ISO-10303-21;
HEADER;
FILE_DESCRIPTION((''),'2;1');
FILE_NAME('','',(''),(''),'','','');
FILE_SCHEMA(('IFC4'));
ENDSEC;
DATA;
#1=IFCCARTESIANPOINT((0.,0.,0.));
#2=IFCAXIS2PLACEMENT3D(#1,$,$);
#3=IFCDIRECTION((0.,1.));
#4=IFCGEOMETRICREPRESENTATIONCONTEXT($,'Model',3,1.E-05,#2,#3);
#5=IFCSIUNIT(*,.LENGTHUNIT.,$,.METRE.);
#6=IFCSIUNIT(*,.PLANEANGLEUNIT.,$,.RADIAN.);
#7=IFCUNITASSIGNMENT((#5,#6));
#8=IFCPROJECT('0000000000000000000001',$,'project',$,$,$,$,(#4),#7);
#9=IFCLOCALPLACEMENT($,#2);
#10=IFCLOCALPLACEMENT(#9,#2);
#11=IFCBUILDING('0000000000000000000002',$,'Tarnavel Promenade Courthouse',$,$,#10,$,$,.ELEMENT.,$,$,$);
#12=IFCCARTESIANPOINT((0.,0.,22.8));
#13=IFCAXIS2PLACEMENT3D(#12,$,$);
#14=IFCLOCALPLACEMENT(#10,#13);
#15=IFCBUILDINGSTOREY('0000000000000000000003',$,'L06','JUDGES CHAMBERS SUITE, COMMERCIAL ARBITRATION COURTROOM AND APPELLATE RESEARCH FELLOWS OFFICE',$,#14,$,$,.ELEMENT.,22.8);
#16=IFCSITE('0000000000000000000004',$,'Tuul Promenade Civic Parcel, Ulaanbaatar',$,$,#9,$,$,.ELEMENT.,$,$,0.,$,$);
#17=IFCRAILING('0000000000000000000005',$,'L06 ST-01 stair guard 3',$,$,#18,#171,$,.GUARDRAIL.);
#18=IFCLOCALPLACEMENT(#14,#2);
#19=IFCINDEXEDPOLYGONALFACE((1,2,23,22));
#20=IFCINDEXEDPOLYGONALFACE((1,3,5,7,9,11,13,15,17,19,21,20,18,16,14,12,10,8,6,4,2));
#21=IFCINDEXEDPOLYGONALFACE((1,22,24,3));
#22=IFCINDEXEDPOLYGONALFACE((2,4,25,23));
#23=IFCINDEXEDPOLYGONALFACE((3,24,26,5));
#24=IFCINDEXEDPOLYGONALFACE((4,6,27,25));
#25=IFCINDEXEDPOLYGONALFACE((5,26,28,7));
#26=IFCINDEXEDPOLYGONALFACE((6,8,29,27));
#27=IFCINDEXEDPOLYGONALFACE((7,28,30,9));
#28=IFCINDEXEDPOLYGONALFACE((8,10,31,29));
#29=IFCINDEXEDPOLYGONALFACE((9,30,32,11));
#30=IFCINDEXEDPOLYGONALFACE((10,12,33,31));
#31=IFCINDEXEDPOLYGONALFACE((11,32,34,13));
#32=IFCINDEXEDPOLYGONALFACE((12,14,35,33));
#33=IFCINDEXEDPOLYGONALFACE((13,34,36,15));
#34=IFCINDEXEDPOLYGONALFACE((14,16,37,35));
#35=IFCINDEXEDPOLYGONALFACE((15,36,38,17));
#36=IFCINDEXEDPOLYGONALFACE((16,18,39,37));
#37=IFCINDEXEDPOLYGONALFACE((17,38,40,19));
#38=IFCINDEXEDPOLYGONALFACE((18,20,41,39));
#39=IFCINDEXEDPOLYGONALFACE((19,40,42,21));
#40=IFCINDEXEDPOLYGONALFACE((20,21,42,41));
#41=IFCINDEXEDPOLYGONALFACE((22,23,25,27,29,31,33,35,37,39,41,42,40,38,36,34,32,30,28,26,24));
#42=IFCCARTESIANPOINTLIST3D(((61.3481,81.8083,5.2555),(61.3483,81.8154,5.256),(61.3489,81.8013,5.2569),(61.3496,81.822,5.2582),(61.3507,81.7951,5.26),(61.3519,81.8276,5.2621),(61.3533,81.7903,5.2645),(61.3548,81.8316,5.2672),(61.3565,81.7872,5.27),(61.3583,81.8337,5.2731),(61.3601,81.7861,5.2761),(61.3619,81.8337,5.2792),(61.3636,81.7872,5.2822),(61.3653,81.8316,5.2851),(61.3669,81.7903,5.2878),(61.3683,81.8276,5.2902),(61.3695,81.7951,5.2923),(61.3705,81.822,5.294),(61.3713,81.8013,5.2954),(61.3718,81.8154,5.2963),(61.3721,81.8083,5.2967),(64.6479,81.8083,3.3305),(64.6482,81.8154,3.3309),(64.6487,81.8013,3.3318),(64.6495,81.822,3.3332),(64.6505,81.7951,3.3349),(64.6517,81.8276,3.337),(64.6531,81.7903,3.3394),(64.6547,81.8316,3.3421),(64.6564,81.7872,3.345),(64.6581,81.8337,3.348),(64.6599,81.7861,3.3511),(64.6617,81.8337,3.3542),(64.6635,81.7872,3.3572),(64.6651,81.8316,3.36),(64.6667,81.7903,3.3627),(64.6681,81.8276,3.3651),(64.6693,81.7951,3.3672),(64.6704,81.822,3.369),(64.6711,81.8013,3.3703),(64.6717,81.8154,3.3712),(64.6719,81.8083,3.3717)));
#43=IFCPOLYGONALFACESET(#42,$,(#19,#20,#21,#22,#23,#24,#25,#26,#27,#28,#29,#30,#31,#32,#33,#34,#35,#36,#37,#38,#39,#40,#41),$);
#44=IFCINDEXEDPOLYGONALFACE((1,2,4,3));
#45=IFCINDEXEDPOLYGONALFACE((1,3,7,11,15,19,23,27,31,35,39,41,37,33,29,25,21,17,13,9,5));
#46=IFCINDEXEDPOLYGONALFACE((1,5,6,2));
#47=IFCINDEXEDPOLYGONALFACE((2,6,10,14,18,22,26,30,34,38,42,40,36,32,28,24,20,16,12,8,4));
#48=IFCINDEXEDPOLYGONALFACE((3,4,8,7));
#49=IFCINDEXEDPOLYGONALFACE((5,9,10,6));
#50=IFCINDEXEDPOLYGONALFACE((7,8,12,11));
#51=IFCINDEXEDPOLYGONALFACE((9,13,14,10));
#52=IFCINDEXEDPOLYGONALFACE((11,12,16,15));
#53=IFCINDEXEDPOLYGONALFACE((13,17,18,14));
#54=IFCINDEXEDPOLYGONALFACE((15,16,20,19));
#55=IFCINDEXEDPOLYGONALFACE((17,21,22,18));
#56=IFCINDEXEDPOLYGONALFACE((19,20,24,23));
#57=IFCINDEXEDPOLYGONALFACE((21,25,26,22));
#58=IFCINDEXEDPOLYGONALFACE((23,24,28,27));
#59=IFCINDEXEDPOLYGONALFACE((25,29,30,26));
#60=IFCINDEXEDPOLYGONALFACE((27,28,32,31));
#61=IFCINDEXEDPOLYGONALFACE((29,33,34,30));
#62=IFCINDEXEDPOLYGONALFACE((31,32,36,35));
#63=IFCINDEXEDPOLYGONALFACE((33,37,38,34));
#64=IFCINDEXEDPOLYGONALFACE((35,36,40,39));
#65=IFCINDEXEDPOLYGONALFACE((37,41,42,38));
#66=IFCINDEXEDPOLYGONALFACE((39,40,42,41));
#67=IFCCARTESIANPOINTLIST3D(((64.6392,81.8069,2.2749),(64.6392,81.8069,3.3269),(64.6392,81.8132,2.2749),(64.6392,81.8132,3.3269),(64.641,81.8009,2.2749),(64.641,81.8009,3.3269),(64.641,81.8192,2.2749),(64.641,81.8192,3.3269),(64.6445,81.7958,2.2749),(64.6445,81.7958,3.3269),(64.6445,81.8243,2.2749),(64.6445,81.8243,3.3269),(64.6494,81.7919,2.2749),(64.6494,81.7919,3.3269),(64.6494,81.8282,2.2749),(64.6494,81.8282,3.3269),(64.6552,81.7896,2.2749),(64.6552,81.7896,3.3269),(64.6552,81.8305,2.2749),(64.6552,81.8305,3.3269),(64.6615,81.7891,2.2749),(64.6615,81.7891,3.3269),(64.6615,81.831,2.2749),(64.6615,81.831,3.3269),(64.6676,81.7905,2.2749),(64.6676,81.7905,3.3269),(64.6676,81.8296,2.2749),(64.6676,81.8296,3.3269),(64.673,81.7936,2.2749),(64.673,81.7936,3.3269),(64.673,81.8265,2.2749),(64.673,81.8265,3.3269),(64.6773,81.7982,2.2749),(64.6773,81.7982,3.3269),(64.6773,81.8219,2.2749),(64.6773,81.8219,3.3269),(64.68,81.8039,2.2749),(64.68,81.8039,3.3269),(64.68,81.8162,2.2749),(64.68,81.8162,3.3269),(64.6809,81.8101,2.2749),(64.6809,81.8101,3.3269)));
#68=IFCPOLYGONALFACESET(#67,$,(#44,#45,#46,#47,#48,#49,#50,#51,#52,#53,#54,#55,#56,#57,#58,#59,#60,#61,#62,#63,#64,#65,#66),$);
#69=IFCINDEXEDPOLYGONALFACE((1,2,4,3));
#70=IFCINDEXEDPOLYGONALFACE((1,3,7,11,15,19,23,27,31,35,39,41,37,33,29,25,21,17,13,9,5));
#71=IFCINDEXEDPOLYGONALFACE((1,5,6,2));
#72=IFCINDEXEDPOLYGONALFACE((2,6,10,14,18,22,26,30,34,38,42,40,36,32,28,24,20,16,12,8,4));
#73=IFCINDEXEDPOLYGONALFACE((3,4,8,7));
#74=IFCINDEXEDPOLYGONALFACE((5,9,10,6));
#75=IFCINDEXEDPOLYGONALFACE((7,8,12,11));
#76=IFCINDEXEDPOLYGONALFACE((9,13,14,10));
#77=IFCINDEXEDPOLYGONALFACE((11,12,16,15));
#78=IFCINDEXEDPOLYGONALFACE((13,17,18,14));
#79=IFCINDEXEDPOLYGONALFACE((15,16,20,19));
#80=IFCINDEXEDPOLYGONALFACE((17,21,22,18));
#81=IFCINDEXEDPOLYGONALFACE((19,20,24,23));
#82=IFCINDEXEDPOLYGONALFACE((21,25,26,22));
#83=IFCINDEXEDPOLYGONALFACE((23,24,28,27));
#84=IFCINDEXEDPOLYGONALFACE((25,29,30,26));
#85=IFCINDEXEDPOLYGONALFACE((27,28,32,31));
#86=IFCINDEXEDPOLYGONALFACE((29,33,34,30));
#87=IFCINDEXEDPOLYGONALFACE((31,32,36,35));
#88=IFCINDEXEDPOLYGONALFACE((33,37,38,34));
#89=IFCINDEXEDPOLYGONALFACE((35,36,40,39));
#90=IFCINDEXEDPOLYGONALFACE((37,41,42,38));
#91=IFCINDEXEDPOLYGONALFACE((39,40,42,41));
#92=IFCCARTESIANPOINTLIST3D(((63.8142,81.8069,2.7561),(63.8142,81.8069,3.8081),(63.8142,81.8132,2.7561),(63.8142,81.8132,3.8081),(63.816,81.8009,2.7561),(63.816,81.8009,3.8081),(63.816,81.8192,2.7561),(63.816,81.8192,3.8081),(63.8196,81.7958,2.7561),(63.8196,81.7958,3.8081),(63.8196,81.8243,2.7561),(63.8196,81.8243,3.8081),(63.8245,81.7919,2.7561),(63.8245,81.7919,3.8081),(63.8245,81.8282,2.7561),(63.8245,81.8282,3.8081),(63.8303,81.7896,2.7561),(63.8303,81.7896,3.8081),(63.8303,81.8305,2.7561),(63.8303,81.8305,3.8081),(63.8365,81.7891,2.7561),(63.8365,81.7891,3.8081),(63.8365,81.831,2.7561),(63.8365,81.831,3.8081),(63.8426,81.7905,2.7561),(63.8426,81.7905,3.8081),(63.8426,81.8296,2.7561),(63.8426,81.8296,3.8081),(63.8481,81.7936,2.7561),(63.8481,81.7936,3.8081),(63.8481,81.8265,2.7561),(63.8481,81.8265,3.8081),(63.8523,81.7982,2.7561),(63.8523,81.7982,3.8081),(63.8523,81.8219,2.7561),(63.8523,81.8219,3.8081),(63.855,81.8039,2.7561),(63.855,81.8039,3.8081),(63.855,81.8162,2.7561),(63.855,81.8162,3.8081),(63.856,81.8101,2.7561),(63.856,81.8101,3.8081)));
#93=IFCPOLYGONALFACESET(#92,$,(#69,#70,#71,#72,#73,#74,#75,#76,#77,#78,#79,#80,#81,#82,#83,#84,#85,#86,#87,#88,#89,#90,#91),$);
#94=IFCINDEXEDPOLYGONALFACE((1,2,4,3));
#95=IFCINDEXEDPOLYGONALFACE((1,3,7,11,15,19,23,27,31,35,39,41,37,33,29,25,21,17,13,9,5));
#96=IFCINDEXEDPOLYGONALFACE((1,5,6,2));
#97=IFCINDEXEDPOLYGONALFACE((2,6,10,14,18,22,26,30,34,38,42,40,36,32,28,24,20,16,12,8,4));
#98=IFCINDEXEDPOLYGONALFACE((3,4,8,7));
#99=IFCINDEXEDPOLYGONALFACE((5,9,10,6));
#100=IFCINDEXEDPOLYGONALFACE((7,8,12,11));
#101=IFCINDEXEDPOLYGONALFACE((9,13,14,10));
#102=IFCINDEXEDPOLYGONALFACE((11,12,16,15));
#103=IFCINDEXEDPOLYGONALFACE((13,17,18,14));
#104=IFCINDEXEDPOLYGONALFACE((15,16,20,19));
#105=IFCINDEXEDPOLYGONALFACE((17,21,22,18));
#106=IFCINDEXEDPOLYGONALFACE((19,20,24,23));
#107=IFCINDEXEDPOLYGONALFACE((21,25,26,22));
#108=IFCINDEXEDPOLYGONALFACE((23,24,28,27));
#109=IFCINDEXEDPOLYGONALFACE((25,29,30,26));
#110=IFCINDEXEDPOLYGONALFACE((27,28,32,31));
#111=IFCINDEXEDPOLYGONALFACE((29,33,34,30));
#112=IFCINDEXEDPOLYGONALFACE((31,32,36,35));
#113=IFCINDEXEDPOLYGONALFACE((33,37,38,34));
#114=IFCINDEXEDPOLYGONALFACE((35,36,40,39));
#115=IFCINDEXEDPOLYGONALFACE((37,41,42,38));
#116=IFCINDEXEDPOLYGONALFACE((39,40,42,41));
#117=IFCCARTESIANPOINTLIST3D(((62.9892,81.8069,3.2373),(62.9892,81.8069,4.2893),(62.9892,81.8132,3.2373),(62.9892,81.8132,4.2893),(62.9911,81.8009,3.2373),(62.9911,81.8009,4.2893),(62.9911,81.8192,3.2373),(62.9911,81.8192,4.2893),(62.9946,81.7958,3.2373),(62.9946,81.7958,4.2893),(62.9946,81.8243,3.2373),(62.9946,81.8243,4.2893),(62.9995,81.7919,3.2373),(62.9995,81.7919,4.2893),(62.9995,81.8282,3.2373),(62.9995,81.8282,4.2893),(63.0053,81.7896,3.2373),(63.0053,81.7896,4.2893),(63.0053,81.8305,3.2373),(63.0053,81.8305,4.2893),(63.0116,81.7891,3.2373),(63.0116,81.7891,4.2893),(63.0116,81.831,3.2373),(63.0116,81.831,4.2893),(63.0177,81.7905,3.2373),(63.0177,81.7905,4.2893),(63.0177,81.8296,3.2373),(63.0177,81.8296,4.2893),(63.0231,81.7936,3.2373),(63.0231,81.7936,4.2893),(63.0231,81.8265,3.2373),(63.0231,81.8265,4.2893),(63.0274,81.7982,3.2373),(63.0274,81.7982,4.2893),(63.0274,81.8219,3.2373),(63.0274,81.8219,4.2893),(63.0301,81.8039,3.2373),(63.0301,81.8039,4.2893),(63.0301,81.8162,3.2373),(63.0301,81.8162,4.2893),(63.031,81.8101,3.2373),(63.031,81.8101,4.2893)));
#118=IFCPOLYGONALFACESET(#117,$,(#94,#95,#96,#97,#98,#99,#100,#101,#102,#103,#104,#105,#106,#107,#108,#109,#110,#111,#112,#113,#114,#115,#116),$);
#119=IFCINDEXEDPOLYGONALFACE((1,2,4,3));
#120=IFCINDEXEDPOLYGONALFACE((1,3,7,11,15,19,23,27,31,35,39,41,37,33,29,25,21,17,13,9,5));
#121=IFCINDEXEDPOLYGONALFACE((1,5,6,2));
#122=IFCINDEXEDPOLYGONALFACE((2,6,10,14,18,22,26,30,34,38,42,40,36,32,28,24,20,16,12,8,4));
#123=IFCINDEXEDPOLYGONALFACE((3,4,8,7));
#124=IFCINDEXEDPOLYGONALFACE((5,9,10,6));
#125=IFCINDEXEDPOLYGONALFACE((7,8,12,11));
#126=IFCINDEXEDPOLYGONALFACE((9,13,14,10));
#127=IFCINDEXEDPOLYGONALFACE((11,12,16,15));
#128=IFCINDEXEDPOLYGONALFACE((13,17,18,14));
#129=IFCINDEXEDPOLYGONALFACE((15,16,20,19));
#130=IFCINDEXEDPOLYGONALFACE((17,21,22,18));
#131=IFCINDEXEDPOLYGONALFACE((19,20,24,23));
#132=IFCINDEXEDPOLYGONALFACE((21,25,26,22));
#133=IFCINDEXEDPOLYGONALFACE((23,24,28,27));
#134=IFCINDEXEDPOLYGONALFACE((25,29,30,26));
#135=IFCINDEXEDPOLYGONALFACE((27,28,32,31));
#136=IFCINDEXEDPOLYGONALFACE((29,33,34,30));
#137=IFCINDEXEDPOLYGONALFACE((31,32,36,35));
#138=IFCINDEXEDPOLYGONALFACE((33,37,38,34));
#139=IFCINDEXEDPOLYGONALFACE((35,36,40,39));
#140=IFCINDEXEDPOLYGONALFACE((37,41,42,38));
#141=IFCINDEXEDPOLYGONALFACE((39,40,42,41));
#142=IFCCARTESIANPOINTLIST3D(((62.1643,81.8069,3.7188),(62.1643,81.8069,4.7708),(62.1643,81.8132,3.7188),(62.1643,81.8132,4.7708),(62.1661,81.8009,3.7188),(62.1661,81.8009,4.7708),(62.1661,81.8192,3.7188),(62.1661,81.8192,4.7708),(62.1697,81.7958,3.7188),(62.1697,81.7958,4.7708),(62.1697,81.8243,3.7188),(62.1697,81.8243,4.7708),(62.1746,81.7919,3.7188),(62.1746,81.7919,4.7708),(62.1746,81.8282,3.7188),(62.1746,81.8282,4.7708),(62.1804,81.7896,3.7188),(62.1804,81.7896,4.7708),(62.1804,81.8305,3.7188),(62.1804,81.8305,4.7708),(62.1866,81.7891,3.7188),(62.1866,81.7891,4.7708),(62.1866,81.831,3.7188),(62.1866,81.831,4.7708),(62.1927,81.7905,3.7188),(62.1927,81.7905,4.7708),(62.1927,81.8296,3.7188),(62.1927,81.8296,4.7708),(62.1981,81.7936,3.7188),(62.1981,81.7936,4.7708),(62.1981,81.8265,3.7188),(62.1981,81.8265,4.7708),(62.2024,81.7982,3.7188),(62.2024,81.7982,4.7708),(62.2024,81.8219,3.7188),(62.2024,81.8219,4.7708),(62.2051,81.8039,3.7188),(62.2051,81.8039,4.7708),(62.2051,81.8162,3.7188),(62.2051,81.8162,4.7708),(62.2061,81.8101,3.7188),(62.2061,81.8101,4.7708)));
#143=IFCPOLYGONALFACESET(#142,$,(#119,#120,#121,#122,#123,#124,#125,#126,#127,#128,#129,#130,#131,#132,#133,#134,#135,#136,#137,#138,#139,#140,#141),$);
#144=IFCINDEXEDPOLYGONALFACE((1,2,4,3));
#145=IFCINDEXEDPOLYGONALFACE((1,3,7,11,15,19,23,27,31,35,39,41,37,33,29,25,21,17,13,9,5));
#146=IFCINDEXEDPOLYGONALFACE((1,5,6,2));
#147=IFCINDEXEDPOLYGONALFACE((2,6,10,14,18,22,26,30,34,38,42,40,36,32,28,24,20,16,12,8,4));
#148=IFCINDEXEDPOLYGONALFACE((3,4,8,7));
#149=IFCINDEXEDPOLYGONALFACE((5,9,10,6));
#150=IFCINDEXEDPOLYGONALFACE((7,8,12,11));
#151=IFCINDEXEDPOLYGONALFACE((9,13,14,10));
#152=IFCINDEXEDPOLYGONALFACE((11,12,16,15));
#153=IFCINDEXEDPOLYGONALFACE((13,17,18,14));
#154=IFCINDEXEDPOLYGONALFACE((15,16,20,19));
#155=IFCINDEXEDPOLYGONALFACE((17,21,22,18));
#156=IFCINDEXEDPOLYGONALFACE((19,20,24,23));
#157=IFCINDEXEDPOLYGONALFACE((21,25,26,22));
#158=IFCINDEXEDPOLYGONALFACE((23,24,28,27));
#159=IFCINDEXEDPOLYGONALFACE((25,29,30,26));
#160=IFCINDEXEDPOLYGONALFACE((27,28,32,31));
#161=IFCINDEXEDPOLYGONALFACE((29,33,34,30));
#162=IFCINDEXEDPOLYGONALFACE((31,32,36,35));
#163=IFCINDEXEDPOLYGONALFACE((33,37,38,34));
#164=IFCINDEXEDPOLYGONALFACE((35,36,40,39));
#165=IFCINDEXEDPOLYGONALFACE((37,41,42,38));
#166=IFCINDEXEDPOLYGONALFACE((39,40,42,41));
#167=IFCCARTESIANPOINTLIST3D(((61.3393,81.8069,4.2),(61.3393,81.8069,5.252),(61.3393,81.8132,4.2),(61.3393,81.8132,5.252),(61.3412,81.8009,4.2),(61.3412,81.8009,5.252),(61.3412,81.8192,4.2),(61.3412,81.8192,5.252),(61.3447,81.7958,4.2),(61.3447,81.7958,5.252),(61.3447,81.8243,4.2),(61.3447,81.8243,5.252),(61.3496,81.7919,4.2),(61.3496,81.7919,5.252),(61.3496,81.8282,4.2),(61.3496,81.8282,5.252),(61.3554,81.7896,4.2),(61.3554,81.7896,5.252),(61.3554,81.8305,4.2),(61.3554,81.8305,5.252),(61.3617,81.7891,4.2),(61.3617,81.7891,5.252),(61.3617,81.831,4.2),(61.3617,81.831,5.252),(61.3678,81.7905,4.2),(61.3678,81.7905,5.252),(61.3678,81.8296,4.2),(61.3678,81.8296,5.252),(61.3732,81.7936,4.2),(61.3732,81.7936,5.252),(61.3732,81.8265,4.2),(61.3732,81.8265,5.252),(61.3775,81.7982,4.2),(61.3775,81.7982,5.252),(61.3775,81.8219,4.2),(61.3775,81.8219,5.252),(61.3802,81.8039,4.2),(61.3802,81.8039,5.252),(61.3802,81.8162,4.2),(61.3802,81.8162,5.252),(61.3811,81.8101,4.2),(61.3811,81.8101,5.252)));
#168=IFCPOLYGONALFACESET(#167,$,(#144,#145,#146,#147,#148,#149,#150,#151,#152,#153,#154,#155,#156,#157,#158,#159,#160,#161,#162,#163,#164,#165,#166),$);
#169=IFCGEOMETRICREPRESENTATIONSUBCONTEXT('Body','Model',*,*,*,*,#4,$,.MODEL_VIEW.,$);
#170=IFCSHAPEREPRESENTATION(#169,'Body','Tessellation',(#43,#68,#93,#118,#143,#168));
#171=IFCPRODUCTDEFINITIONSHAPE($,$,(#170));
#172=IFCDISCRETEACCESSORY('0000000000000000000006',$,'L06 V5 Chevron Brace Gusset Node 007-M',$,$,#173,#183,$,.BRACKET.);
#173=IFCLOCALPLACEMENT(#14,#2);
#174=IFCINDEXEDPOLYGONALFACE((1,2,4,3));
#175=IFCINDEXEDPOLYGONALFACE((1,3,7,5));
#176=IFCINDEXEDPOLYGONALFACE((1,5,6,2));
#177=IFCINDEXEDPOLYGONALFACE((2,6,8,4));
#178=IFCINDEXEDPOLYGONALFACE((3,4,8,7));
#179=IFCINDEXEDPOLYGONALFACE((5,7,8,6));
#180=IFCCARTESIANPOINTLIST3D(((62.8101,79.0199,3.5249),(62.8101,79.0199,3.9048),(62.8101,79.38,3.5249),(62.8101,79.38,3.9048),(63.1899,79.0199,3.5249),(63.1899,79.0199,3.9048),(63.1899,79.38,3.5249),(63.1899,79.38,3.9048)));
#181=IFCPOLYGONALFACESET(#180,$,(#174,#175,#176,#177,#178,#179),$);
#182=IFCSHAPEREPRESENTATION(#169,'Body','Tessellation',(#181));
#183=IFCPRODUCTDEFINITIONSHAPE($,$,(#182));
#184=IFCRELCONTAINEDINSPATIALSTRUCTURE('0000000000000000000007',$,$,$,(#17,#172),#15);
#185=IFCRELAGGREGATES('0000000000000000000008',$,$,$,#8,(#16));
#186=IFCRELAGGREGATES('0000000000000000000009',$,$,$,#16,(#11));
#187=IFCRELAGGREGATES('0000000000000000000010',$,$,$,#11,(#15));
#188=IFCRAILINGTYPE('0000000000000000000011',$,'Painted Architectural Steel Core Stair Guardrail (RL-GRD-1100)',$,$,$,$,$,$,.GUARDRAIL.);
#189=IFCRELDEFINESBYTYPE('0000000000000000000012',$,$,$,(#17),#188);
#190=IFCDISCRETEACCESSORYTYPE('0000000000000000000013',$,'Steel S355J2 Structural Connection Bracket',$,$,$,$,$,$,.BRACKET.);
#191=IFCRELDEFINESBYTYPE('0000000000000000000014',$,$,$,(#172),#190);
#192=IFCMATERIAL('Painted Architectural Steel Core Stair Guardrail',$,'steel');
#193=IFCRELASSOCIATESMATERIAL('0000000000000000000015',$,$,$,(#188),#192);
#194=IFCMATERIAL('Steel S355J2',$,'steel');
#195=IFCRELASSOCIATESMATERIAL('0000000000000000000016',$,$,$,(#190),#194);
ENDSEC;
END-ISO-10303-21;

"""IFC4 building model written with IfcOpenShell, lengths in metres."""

from ifc_helpers import new_model, si_unit, direction, frame, origin, origin_2d, place, context, subcontext, project, spatial, rectangle, circle, extrude, material, type_object, element, save


model = new_model("IFC4")

# Units and contexts
model_context = context("Model", 3, precision=1e-05, world=origin(), true_north=direction((0.0, 1.0)))
body_context = subcontext(model_context, "Body", "Model", "MODEL_VIEW")
ifc_project = project(units=[si_unit("LENGTHUNIT", "METRE"), si_unit("PLANEANGLEUNIT", "RADIAN")], contexts=[model_context])

# Site, building, storey
site_placement = place(None, origin())
site = spatial("IfcSite", under=ifc_project, at=site_placement, Name="Tuul Promenade Civic Parcel, Ulaanbaatar", CompositionType="ELEMENT", RefElevation=0.0)
building_placement = place(site_placement, origin())
building = spatial("IfcBuilding", under=site, at=building_placement, Name="Tarnavel Promenade Courthouse", CompositionType="ELEMENT")
storey_placement = place(building_placement, frame((0.0, 0.0, 22.8)))
storey = spatial("IfcBuildingStorey", under=building, at=storey_placement, Name="L06", Description="JUDGES CHAMBERS SUITE, COMMERCIAL ARBITRATION COURTROOM AND APPELLATE RESEARCH FELLOWS OFFICE", CompositionType="ELEMENT", Elevation=22.8)

# Railing
ifc_material_1 = material(Name="Painted Architectural Steel Core Stair Guardrail", Category="steel")
railing_type_1 = type_object("IfcRailingType", Name="Painted Architectural Steel Core Stair Guardrail (RL-GRD-1100)", PredefinedType="GUARDRAIL", material=ifc_material_1)
railing_1_placement = place(storey_placement, frame((64.6599, 81.8101, 2.2749)))
element("IfcRailing", 1, at=railing_1_placement, inside=storey, type_object=railing_type_1, Name="L06 ST-01 stair guard 3", PredefinedType="GUARDRAIL", context=body_context, shape_type="SweptSolid", body=[
    extrude(circle(Radius=0.0239, at=origin_2d()), frame((0.0, 0.0, 1.0762), z_axis=(-0.86376, 0.0, 0.503903), x_axis=(0.0, -1.0, 0.0)), (0.0, 0.0, 1.0), 3.8203),
    extrude(circle(Radius=0.021, at=origin_2d()), origin(), (0.0, 0.0, 1.0), 1.052),
    extrude(circle(Radius=0.021, at=origin_2d()), frame((-0.825, 0.0, 0.4812)), (0.0, 0.0, 1.0), 1.052),
    extrude(circle(Radius=0.021, at=origin_2d()), frame((-1.6499, 0.0, 0.9624)), (0.0, 0.0, 1.0), 1.052),
    extrude(circle(Radius=0.021, at=origin_2d()), frame((-2.4749, 0.0, 1.4438)), (0.0, 0.0, 1.0), 1.052),
    extrude(circle(Radius=0.021, at=origin_2d()), frame((-3.2998, 0.0, 1.925)), (0.0, 0.0, 1.0), 1.052),
])

# Discrete accessory
ifc_material_2 = material(Name="Steel S355J2", Category="steel")
discrete_accessory_type = type_object("IfcDiscreteAccessoryType", Name="Steel S355J2 Structural Connection Bracket", PredefinedType="BRACKET", material=ifc_material_2)
discrete_accessory_placement = place(storey_placement, frame((63.0, 79.2, 3.5249), z_axis=(0.0, 0.0, 1.0), x_axis=(1.0, 0.0, 0.0)))
element("IfcDiscreteAccessory", 2, at=discrete_accessory_placement, inside=storey, type_object=discrete_accessory_type, Name="L06 V5 Chevron Brace Gusset Node 007-M", PredefinedType="BRACKET", context=body_context, shape_type="SweptSolid", body=[
    extrude(rectangle(XDim=0.3799, YDim=0.3601, at=origin_2d()), origin(), (0.0, 0.0, 1.0), 0.3799),
])

save(model, "model.ifc")
